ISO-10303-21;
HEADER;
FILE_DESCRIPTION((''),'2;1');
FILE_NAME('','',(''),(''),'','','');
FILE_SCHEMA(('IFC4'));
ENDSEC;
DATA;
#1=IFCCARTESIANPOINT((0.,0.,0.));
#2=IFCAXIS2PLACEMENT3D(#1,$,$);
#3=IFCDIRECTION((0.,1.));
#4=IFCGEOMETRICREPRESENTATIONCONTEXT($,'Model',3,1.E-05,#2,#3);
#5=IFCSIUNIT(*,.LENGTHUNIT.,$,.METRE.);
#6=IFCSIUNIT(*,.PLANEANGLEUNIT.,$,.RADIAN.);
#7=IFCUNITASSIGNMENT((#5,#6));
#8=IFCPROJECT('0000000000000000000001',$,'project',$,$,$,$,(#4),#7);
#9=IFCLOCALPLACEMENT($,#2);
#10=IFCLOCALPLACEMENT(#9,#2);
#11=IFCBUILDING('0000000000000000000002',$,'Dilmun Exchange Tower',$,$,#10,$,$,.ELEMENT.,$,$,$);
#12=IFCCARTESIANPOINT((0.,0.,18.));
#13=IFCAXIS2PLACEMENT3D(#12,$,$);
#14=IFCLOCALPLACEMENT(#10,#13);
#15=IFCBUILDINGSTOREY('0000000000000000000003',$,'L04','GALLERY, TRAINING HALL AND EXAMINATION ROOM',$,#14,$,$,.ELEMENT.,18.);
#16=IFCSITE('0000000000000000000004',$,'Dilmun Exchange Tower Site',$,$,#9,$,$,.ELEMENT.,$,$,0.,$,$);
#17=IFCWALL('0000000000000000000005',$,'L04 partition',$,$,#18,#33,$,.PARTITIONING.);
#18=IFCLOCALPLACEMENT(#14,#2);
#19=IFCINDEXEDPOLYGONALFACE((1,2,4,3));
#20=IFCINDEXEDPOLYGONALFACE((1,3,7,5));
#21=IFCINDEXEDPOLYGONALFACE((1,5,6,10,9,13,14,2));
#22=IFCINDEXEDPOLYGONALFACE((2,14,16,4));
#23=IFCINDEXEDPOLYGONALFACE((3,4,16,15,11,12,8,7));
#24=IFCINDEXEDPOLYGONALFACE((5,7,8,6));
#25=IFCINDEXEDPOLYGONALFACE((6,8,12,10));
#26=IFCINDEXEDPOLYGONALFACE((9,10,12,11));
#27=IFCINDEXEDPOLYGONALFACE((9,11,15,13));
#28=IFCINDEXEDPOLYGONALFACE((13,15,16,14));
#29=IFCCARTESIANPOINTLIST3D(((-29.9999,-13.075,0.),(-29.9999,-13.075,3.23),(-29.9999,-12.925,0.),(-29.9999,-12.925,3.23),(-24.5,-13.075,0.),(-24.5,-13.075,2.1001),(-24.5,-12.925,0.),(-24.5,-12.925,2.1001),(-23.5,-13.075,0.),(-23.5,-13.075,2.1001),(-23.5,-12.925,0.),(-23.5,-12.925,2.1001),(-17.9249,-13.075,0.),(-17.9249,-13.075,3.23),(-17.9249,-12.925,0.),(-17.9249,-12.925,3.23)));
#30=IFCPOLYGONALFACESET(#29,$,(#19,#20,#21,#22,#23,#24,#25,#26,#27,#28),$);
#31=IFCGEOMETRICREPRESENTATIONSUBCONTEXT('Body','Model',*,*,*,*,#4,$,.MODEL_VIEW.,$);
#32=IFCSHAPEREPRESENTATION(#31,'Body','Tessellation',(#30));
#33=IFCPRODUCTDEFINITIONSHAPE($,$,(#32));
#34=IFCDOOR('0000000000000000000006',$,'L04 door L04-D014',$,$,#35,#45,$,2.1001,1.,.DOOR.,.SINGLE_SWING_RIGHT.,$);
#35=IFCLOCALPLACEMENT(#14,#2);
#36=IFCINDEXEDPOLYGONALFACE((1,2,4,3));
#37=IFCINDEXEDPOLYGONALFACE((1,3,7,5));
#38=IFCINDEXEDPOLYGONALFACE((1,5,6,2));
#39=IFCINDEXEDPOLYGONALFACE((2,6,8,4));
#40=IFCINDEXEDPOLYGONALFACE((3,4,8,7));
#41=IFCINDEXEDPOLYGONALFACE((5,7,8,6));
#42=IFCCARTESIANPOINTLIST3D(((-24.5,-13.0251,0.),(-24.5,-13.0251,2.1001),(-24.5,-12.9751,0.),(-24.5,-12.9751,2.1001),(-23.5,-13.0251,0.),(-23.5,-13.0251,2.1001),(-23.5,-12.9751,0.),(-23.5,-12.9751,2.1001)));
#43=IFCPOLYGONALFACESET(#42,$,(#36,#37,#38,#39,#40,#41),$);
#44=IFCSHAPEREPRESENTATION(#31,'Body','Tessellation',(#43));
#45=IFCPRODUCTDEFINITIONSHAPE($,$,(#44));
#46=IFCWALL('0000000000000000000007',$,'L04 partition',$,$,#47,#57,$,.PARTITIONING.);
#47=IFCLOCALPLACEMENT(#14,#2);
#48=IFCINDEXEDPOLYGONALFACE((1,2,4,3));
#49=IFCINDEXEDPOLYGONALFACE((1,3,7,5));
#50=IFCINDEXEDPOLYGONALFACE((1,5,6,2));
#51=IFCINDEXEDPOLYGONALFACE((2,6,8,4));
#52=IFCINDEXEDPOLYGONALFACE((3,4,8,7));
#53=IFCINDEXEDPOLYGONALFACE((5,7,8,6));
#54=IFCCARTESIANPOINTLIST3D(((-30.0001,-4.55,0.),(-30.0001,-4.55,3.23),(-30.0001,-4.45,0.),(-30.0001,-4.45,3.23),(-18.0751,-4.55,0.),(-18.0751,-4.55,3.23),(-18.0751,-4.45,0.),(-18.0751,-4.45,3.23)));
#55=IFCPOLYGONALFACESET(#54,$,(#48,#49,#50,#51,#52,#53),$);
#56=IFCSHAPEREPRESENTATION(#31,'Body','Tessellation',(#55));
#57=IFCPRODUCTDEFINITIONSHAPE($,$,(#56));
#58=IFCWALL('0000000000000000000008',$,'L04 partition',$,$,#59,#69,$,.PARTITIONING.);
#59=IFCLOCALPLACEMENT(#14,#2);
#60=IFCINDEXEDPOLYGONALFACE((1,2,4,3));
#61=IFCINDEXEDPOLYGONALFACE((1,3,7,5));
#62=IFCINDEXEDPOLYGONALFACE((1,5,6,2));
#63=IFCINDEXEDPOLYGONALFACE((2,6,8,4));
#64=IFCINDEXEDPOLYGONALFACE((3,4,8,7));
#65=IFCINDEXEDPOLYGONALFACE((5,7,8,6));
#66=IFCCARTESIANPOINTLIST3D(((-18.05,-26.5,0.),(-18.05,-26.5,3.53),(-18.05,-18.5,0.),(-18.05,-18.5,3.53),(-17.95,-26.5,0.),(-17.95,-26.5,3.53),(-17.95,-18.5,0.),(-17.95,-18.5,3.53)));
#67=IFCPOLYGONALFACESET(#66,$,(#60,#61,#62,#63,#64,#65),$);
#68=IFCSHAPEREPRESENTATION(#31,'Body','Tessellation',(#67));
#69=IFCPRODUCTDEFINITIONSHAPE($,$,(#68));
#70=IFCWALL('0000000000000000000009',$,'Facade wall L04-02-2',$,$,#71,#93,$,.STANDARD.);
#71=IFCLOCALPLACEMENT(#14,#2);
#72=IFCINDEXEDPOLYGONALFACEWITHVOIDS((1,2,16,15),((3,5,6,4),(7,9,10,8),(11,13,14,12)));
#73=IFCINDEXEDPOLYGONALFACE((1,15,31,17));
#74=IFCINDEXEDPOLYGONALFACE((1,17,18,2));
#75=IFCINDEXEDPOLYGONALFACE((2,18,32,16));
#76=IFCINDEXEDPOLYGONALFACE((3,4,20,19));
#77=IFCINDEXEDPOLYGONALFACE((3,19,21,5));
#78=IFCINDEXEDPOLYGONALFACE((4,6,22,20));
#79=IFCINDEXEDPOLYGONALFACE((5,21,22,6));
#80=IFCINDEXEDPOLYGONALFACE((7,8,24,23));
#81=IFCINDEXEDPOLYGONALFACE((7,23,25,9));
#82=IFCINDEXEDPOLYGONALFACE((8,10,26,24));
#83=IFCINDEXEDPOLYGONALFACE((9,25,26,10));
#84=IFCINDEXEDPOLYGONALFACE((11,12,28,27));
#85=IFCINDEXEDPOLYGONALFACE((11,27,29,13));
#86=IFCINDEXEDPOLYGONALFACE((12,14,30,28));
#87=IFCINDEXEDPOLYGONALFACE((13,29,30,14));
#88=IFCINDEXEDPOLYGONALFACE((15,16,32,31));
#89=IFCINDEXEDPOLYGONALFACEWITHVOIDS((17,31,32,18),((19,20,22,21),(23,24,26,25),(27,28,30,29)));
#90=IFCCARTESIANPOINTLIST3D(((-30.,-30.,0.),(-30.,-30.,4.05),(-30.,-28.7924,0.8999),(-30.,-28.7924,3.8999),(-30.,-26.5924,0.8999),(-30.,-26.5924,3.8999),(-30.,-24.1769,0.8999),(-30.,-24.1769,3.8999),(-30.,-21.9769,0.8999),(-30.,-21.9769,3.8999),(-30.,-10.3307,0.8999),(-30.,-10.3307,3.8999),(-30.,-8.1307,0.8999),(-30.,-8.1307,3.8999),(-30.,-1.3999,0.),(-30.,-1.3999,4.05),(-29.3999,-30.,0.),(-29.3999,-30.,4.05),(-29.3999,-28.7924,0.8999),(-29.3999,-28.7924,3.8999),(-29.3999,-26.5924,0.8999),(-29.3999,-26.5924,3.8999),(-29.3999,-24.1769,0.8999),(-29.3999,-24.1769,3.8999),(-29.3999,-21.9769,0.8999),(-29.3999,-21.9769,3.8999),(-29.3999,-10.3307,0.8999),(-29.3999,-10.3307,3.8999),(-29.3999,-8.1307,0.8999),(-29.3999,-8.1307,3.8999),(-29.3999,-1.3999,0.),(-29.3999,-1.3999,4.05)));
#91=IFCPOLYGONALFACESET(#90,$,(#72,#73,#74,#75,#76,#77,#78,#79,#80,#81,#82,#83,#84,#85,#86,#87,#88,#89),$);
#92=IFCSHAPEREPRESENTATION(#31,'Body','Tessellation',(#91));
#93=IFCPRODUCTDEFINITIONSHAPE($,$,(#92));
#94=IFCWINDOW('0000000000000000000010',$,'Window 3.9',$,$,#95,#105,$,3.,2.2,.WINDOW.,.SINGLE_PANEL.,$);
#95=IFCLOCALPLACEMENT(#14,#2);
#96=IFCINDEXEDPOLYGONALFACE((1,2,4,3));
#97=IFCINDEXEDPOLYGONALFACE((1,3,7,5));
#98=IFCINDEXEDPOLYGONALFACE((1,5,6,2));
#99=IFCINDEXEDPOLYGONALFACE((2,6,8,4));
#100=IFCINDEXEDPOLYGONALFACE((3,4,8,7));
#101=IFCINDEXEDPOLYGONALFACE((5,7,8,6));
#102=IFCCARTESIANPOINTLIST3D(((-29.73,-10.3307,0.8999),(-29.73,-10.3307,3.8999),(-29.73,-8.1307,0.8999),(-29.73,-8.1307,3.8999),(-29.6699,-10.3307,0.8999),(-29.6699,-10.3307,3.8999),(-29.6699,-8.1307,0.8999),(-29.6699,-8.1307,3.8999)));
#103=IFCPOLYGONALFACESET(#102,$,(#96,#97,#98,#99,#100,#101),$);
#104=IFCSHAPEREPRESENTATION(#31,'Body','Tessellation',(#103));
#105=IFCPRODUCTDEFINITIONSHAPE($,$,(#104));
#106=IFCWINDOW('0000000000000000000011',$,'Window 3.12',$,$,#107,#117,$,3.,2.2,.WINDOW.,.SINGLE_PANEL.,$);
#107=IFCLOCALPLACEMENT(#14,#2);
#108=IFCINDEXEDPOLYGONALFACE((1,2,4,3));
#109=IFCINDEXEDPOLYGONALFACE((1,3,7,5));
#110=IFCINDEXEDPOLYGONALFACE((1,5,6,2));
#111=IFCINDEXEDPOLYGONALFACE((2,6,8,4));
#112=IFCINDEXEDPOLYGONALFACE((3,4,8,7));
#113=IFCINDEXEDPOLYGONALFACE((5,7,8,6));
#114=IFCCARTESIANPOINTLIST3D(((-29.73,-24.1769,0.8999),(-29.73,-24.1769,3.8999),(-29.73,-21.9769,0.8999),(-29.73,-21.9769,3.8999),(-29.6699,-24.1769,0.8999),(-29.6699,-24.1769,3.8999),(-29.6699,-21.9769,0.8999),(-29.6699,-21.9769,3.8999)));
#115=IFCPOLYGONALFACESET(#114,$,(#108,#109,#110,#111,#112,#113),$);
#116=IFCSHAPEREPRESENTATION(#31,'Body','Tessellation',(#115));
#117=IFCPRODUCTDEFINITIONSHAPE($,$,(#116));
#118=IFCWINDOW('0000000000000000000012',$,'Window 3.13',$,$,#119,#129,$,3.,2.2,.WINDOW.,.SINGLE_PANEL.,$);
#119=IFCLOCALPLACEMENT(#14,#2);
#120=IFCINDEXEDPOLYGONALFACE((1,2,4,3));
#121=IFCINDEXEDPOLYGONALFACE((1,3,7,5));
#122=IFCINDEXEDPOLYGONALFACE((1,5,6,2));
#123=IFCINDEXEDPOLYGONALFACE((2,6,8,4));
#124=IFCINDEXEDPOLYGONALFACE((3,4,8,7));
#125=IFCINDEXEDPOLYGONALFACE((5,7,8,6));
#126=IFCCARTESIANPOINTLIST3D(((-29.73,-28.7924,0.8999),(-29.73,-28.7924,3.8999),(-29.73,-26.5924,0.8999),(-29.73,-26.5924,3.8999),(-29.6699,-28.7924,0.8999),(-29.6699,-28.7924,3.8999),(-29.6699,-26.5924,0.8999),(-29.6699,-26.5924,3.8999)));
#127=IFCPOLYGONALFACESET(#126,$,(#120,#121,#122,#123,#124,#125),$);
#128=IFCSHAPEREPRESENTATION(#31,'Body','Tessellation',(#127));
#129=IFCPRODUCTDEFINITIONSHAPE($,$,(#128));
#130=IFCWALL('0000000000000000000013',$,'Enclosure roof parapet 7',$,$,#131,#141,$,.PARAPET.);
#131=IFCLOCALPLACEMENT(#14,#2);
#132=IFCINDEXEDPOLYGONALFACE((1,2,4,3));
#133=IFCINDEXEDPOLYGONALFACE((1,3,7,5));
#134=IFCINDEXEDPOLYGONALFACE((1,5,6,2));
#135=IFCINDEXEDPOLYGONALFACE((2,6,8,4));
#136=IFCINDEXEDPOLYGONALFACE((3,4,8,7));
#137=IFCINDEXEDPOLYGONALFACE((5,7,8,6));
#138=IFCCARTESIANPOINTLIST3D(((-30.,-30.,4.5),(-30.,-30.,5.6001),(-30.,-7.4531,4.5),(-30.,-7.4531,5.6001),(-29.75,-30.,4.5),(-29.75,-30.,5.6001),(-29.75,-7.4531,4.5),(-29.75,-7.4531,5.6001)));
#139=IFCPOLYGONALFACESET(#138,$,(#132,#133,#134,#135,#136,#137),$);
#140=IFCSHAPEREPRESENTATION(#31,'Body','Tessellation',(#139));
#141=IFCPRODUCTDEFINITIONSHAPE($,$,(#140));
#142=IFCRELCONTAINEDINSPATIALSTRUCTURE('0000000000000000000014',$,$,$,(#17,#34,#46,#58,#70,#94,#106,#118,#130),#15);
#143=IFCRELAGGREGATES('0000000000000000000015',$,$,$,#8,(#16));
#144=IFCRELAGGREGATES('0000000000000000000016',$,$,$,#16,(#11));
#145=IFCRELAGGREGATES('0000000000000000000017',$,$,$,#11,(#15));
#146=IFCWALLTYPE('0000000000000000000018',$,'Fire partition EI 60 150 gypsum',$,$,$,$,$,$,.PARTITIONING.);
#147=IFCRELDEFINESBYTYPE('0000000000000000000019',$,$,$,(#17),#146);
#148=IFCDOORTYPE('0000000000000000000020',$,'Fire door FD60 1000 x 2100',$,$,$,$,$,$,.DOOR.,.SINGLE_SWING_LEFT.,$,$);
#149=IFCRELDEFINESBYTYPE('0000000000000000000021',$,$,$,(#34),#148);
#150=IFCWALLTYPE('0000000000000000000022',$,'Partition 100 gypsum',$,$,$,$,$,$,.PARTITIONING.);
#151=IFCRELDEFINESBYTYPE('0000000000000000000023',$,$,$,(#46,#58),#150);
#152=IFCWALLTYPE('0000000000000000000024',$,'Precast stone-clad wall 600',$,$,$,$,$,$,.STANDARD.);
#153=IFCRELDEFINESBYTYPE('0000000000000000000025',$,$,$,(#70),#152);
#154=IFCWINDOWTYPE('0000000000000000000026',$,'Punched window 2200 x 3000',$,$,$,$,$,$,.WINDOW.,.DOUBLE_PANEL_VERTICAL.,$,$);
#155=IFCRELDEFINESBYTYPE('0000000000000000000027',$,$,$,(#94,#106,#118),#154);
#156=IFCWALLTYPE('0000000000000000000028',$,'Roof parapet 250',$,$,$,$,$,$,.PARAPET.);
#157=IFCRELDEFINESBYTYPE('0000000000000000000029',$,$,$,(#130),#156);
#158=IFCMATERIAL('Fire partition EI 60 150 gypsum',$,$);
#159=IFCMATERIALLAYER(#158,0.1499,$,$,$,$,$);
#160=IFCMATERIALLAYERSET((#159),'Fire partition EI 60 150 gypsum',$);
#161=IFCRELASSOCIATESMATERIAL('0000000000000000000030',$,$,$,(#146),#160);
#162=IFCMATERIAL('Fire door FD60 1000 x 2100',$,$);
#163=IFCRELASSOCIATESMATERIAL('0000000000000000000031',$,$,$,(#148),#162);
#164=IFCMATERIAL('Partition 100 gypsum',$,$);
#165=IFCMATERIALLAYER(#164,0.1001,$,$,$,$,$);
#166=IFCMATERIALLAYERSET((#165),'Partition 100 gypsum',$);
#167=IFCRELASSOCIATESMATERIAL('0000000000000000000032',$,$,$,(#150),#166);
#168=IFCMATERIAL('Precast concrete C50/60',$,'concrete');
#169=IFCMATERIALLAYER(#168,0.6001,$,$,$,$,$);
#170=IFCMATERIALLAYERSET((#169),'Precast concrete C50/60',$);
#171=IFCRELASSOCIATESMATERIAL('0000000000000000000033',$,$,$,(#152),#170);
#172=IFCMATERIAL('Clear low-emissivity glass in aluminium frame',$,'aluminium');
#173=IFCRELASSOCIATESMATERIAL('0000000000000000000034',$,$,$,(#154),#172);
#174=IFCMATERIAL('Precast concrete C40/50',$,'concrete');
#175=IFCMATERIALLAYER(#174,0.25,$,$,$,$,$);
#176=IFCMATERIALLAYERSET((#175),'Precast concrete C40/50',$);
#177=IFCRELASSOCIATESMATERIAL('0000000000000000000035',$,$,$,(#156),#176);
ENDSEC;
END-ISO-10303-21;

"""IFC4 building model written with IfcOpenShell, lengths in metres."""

from ifc_helpers import new_model, si_unit, direction, frame, frame_2d, origin, place, context, subcontext, project, spatial, rectangle, extrude, material, layer, layer_set, type_object, element, fill, save


model = new_model("IFC4")

# Units and contexts
model_context = context("Model", 3, precision=1e-05, world=origin(), true_north=direction((0.0, 1.0)))
body_context = subcontext(model_context, "Body", "Model", "MODEL_VIEW")
ifc_project = project(units=[si_unit("LENGTHUNIT", "METRE"), si_unit("PLANEANGLEUNIT", "RADIAN")], contexts=[model_context])

# Site, building, storey
site_placement = place(None, origin())
site = spatial("IfcSite", under=ifc_project, at=site_placement, Name="Dilmun Exchange Tower Site", CompositionType="ELEMENT", RefElevation=0.0)
building_placement = place(site_placement, origin())
building = spatial("IfcBuilding", under=site, at=building_placement, Name="Dilmun Exchange Tower", CompositionType="ELEMENT")
storey_placement = place(building_placement, frame((0.0, 0.0, 18.0)))
storey = spatial("IfcBuildingStorey", under=building, at=storey_placement, Name="L04", Description="GALLERY, TRAINING HALL AND EXAMINATION ROOM", CompositionType="ELEMENT", Elevation=18.0)

# Shared definitions
ifc_material_1 = material(Name="Fire partition EI 60 150 gypsum")
ifc_layer_1 = layer(ifc_material_1, 0.1499)
ifc_layer_set_1 = layer_set([ifc_layer_1], Name="Fire partition EI 60 150 gypsum")
wall_type_1 = type_object("IfcWallType", Name="Fire partition EI 60 150 gypsum", PredefinedType="PARTITIONING", material=ifc_layer_set_1)

# Wall, opening, door
ifc_material_2 = material(Name="Fire door FD60 1000 x 2100")
door_type_1 = type_object("IfcDoorType", Name="Fire door FD60 1000 x 2100", OperationType="SINGLE_SWING_LEFT", PredefinedType="DOOR", material=ifc_material_2)
wall_1_placement = place(storey_placement, frame((-30.0, -13.0, 0.0), z_axis=(0.0, 0.0, 1.0), x_axis=(1.0, 0.0, 0.0)))
wall_1 = element("IfcWall", 1, at=wall_1_placement, inside=storey, type_object=wall_type_1, Name="L04 partition", PredefinedType="PARTITIONING", context=body_context, shape_type="SweptSolid", body=[
    extrude(rectangle(XDim=12.075, YDim=0.1499, at=frame_2d((6.0376, 0.0))), origin(), (0.0, 0.0, 1.0), 3.23),
])
opening_1_placement = place(wall_1_placement, frame((5.5, 0.0, 0.0)))
opening_1 = element("IfcOpeningElement", 2, at=opening_1_placement, cuts=wall_1, PredefinedType="OPENING", context=body_context, shape_type="SweptSolid", body=[
    extrude(rectangle(XDim=1.0, YDim=2.1001, at=frame_2d((0.5, 1.05))), frame((0.0, 0.085, 0.0), z_axis=(0.0, -1.0, 0.0), x_axis=(1.0, 0.0, 0.0)), (0.0, 0.0, 1.0), 0.1699),
])
door_1_placement = place(opening_1_placement, origin())
door_1 = element("IfcDoor", 3, at=door_1_placement, inside=storey, type_object=door_type_1, Name="L04 door L04-D014", OperationType="SINGLE_SWING_RIGHT", OverallHeight=2.1001, OverallWidth=1.0, PredefinedType="DOOR", context=body_context, shape_type="SweptSolid", body=[
    extrude(rectangle(XDim=1.0, YDim=2.1001, at=frame_2d((0.5, 1.05))), frame((0.0, 0.0249, 0.0), z_axis=(0.0, -1.0, 0.0), x_axis=(1.0, 0.0, 0.0)), (0.0, 0.0, 1.0), 0.05),
])
fill(opening_1, door_1)

# Walls
ifc_material_3 = material(Name="Partition 100 gypsum")
ifc_layer_2 = layer(ifc_material_3, 0.1001)
ifc_layer_set_2 = layer_set([ifc_layer_2], Name="Partition 100 gypsum")
wall_type_2 = type_object("IfcWallType", Name="Partition 100 gypsum", PredefinedType="PARTITIONING", material=ifc_layer_set_2)
wall_2_placement = place(storey_placement, frame((-30.0, -4.5, 0.0), z_axis=(0.0, 0.0, 1.0), x_axis=(1.0, 0.0, 0.0)))
element("IfcWall", 4, at=wall_2_placement, inside=storey, type_object=wall_type_2, Name="L04 partition", PredefinedType="PARTITIONING", context=body_context, shape_type="SweptSolid", body=[
    extrude(rectangle(XDim=11.925, YDim=0.1001, at=frame_2d((5.9624, 0.0))), origin(), (0.0, 0.0, 1.0), 3.23),
])
wall_3_placement = place(storey_placement, frame((-18.0, -26.5, 0.0), z_axis=(0.0, 0.0, 1.0), x_axis=(0.0, 1.0, 0.0)))
element("IfcWall", 5, at=wall_3_placement, inside=storey, type_object=wall_type_2, Name="L04 partition", PredefinedType="PARTITIONING", context=body_context, shape_type="SweptSolid", body=[
    extrude(rectangle(XDim=8.0, YDim=0.1001, at=frame_2d((4.0, 0.0))), origin(), (0.0, 0.0, 1.0), 3.53),
])

# Shared definitions
ifc_material_4 = material(Name="Precast concrete C50/60", Category="concrete")
ifc_layer_3 = layer(ifc_material_4, 0.6001)
ifc_layer_set_3 = layer_set([ifc_layer_3], Name="Precast concrete C50/60")
wall_type_3 = type_object("IfcWallType", Name="Precast stone-clad wall 600", PredefinedType="STANDARD", material=ifc_layer_set_3)
ifc_material_5 = material(Name="Clear low-emissivity glass in aluminium frame", Category="aluminium")

# Wall, openings, windows
wall_4_placement = place(storey_placement, frame((-29.7, -1.3999, 0.0), z_axis=(0.0, 0.0, 1.0), x_axis=(0.0, -1.0, 0.0)))
wall_4 = element("IfcWall", 6, at=wall_4_placement, inside=storey, type_object=wall_type_3, Name="Facade wall L04-02-2", PredefinedType="STANDARD", context=body_context, shape_type="SweptSolid", body=[
    extrude(rectangle(XDim=28.6001, YDim=0.6001, at=frame_2d((14.3, 0.0))), origin(), (0.0, 0.0, 1.0), 4.05),
])
opening_2_placement = place(wall_4_placement, frame((6.7307, 0.0, 0.8999)))
opening_2 = element("IfcOpeningElement", 7, at=opening_2_placement, cuts=wall_4, PredefinedType="OPENING", context=body_context, shape_type="SweptSolid", body=[
    extrude(rectangle(XDim=2.2, YDim=3.0, at=frame_2d((1.1001, 1.5))), frame((0.0, 0.3101, 0.0), z_axis=(0.0, -1.0, 0.0), x_axis=(1.0, 0.0, 0.0)), (0.0, 0.0, 1.0), 0.6201),
])
opening_3_placement = place(wall_4_placement, frame((20.5769, 0.0, 0.8999)))
opening_3 = element("IfcOpeningElement", 8, at=opening_3_placement, cuts=wall_4, PredefinedType="OPENING", context=body_context, shape_type="SweptSolid", body=[
    extrude(rectangle(XDim=2.2, YDim=3.0, at=frame_2d((1.1001, 1.5))), frame((0.0, 0.3101, 0.0), z_axis=(0.0, -1.0, 0.0), x_axis=(1.0, 0.0, 0.0)), (0.0, 0.0, 1.0), 0.6201),
])
opening_4_placement = place(wall_4_placement, frame((25.1924, 0.0, 0.8999)))
opening_4 = element("IfcOpeningElement", 9, at=opening_4_placement, cuts=wall_4, PredefinedType="OPENING", context=body_context, shape_type="SweptSolid", body=[
    extrude(rectangle(XDim=2.2, YDim=3.0, at=frame_2d((1.1001, 1.5))), frame((0.0, 0.3101, 0.0), z_axis=(0.0, -1.0, 0.0), x_axis=(1.0, 0.0, 0.0)), (0.0, 0.0, 1.0), 0.6201),
])
window_type = type_object("IfcWindowType", Name="Punched window 2200 x 3000", PartitioningType="DOUBLE_PANEL_VERTICAL", PredefinedType="WINDOW", material=ifc_material_5)
window_1_placement = place(opening_2_placement, origin())
window_1 = element("IfcWindow", 10, at=window_1_placement, inside=storey, type_object=window_type, Name="Window 3.9", OverallHeight=3.0, OverallWidth=2.2, PartitioningType="SINGLE_PANEL", PredefinedType="WINDOW", context=body_context, shape_type="SweptSolid", body=[
    extrude(rectangle(XDim=2.2, YDim=3.0, at=frame_2d((1.1001, 1.5))), frame((0.0, 0.03, 0.0), z_axis=(0.0, -1.0, 0.0), x_axis=(1.0, 0.0, 0.0)), (0.0, 0.0, 1.0), 0.0601),
])
fill(opening_2, window_1)
window_2_placement = place(opening_3_placement, origin())
window_2 = element("IfcWindow", 11, at=window_2_placement, inside=storey, type_object=window_type, Name="Window 3.12", OverallHeight=3.0, OverallWidth=2.2, PartitioningType="SINGLE_PANEL", PredefinedType="WINDOW", context=body_context, shape_type="SweptSolid", body=[
    extrude(rectangle(XDim=2.2, YDim=3.0, at=frame_2d((1.1001, 1.5))), frame((0.0, 0.03, 0.0), z_axis=(0.0, -1.0, 0.0), x_axis=(1.0, 0.0, 0.0)), (0.0, 0.0, 1.0), 0.0601),
])
fill(opening_3, window_2)
window_3_placement = place(opening_4_placement, origin())
window_3 = element("IfcWindow", 12, at=window_3_placement, inside=storey, type_object=window_type, Name="Window 3.13", OverallHeight=3.0, OverallWidth=2.2, PartitioningType="SINGLE_PANEL", PredefinedType="WINDOW", context=body_context, shape_type="SweptSolid", body=[
    extrude(rectangle(XDim=2.2, YDim=3.0, at=frame_2d((1.1001, 1.5))), frame((0.0, 0.03, 0.0), z_axis=(0.0, -1.0, 0.0), x_axis=(1.0, 0.0, 0.0)), (0.0, 0.0, 1.0), 0.0601),
])
fill(opening_4, window_3)

# Wall
ifc_material_6 = material(Name="Precast concrete C40/50", Category="concrete")
ifc_layer_4 = layer(ifc_material_6, 0.25)
ifc_layer_set_4 = layer_set([ifc_layer_4], Name="Precast concrete C40/50")
wall_type_4 = type_object("IfcWallType", Name="Roof parapet 250", PredefinedType="PARAPET", material=ifc_layer_set_4)
wall_5_placement = place(storey_placement, frame((-29.875, -7.4531, 4.5), z_axis=(0.0, 0.0, 1.0), x_axis=(0.0, -1.0, 0.0)))
element("IfcWall", 13, at=wall_5_placement, inside=storey, type_object=wall_type_4, Name="Enclosure roof parapet 7", PredefinedType="PARAPET", context=body_context, shape_type="SweptSolid", body=[
    extrude(rectangle(XDim=22.5469, YDim=0.25, at=frame_2d((11.2734, 0.0))), origin(), (0.0, 0.0, 1.0), 1.1001),
])

save(model, "model.ifc")
